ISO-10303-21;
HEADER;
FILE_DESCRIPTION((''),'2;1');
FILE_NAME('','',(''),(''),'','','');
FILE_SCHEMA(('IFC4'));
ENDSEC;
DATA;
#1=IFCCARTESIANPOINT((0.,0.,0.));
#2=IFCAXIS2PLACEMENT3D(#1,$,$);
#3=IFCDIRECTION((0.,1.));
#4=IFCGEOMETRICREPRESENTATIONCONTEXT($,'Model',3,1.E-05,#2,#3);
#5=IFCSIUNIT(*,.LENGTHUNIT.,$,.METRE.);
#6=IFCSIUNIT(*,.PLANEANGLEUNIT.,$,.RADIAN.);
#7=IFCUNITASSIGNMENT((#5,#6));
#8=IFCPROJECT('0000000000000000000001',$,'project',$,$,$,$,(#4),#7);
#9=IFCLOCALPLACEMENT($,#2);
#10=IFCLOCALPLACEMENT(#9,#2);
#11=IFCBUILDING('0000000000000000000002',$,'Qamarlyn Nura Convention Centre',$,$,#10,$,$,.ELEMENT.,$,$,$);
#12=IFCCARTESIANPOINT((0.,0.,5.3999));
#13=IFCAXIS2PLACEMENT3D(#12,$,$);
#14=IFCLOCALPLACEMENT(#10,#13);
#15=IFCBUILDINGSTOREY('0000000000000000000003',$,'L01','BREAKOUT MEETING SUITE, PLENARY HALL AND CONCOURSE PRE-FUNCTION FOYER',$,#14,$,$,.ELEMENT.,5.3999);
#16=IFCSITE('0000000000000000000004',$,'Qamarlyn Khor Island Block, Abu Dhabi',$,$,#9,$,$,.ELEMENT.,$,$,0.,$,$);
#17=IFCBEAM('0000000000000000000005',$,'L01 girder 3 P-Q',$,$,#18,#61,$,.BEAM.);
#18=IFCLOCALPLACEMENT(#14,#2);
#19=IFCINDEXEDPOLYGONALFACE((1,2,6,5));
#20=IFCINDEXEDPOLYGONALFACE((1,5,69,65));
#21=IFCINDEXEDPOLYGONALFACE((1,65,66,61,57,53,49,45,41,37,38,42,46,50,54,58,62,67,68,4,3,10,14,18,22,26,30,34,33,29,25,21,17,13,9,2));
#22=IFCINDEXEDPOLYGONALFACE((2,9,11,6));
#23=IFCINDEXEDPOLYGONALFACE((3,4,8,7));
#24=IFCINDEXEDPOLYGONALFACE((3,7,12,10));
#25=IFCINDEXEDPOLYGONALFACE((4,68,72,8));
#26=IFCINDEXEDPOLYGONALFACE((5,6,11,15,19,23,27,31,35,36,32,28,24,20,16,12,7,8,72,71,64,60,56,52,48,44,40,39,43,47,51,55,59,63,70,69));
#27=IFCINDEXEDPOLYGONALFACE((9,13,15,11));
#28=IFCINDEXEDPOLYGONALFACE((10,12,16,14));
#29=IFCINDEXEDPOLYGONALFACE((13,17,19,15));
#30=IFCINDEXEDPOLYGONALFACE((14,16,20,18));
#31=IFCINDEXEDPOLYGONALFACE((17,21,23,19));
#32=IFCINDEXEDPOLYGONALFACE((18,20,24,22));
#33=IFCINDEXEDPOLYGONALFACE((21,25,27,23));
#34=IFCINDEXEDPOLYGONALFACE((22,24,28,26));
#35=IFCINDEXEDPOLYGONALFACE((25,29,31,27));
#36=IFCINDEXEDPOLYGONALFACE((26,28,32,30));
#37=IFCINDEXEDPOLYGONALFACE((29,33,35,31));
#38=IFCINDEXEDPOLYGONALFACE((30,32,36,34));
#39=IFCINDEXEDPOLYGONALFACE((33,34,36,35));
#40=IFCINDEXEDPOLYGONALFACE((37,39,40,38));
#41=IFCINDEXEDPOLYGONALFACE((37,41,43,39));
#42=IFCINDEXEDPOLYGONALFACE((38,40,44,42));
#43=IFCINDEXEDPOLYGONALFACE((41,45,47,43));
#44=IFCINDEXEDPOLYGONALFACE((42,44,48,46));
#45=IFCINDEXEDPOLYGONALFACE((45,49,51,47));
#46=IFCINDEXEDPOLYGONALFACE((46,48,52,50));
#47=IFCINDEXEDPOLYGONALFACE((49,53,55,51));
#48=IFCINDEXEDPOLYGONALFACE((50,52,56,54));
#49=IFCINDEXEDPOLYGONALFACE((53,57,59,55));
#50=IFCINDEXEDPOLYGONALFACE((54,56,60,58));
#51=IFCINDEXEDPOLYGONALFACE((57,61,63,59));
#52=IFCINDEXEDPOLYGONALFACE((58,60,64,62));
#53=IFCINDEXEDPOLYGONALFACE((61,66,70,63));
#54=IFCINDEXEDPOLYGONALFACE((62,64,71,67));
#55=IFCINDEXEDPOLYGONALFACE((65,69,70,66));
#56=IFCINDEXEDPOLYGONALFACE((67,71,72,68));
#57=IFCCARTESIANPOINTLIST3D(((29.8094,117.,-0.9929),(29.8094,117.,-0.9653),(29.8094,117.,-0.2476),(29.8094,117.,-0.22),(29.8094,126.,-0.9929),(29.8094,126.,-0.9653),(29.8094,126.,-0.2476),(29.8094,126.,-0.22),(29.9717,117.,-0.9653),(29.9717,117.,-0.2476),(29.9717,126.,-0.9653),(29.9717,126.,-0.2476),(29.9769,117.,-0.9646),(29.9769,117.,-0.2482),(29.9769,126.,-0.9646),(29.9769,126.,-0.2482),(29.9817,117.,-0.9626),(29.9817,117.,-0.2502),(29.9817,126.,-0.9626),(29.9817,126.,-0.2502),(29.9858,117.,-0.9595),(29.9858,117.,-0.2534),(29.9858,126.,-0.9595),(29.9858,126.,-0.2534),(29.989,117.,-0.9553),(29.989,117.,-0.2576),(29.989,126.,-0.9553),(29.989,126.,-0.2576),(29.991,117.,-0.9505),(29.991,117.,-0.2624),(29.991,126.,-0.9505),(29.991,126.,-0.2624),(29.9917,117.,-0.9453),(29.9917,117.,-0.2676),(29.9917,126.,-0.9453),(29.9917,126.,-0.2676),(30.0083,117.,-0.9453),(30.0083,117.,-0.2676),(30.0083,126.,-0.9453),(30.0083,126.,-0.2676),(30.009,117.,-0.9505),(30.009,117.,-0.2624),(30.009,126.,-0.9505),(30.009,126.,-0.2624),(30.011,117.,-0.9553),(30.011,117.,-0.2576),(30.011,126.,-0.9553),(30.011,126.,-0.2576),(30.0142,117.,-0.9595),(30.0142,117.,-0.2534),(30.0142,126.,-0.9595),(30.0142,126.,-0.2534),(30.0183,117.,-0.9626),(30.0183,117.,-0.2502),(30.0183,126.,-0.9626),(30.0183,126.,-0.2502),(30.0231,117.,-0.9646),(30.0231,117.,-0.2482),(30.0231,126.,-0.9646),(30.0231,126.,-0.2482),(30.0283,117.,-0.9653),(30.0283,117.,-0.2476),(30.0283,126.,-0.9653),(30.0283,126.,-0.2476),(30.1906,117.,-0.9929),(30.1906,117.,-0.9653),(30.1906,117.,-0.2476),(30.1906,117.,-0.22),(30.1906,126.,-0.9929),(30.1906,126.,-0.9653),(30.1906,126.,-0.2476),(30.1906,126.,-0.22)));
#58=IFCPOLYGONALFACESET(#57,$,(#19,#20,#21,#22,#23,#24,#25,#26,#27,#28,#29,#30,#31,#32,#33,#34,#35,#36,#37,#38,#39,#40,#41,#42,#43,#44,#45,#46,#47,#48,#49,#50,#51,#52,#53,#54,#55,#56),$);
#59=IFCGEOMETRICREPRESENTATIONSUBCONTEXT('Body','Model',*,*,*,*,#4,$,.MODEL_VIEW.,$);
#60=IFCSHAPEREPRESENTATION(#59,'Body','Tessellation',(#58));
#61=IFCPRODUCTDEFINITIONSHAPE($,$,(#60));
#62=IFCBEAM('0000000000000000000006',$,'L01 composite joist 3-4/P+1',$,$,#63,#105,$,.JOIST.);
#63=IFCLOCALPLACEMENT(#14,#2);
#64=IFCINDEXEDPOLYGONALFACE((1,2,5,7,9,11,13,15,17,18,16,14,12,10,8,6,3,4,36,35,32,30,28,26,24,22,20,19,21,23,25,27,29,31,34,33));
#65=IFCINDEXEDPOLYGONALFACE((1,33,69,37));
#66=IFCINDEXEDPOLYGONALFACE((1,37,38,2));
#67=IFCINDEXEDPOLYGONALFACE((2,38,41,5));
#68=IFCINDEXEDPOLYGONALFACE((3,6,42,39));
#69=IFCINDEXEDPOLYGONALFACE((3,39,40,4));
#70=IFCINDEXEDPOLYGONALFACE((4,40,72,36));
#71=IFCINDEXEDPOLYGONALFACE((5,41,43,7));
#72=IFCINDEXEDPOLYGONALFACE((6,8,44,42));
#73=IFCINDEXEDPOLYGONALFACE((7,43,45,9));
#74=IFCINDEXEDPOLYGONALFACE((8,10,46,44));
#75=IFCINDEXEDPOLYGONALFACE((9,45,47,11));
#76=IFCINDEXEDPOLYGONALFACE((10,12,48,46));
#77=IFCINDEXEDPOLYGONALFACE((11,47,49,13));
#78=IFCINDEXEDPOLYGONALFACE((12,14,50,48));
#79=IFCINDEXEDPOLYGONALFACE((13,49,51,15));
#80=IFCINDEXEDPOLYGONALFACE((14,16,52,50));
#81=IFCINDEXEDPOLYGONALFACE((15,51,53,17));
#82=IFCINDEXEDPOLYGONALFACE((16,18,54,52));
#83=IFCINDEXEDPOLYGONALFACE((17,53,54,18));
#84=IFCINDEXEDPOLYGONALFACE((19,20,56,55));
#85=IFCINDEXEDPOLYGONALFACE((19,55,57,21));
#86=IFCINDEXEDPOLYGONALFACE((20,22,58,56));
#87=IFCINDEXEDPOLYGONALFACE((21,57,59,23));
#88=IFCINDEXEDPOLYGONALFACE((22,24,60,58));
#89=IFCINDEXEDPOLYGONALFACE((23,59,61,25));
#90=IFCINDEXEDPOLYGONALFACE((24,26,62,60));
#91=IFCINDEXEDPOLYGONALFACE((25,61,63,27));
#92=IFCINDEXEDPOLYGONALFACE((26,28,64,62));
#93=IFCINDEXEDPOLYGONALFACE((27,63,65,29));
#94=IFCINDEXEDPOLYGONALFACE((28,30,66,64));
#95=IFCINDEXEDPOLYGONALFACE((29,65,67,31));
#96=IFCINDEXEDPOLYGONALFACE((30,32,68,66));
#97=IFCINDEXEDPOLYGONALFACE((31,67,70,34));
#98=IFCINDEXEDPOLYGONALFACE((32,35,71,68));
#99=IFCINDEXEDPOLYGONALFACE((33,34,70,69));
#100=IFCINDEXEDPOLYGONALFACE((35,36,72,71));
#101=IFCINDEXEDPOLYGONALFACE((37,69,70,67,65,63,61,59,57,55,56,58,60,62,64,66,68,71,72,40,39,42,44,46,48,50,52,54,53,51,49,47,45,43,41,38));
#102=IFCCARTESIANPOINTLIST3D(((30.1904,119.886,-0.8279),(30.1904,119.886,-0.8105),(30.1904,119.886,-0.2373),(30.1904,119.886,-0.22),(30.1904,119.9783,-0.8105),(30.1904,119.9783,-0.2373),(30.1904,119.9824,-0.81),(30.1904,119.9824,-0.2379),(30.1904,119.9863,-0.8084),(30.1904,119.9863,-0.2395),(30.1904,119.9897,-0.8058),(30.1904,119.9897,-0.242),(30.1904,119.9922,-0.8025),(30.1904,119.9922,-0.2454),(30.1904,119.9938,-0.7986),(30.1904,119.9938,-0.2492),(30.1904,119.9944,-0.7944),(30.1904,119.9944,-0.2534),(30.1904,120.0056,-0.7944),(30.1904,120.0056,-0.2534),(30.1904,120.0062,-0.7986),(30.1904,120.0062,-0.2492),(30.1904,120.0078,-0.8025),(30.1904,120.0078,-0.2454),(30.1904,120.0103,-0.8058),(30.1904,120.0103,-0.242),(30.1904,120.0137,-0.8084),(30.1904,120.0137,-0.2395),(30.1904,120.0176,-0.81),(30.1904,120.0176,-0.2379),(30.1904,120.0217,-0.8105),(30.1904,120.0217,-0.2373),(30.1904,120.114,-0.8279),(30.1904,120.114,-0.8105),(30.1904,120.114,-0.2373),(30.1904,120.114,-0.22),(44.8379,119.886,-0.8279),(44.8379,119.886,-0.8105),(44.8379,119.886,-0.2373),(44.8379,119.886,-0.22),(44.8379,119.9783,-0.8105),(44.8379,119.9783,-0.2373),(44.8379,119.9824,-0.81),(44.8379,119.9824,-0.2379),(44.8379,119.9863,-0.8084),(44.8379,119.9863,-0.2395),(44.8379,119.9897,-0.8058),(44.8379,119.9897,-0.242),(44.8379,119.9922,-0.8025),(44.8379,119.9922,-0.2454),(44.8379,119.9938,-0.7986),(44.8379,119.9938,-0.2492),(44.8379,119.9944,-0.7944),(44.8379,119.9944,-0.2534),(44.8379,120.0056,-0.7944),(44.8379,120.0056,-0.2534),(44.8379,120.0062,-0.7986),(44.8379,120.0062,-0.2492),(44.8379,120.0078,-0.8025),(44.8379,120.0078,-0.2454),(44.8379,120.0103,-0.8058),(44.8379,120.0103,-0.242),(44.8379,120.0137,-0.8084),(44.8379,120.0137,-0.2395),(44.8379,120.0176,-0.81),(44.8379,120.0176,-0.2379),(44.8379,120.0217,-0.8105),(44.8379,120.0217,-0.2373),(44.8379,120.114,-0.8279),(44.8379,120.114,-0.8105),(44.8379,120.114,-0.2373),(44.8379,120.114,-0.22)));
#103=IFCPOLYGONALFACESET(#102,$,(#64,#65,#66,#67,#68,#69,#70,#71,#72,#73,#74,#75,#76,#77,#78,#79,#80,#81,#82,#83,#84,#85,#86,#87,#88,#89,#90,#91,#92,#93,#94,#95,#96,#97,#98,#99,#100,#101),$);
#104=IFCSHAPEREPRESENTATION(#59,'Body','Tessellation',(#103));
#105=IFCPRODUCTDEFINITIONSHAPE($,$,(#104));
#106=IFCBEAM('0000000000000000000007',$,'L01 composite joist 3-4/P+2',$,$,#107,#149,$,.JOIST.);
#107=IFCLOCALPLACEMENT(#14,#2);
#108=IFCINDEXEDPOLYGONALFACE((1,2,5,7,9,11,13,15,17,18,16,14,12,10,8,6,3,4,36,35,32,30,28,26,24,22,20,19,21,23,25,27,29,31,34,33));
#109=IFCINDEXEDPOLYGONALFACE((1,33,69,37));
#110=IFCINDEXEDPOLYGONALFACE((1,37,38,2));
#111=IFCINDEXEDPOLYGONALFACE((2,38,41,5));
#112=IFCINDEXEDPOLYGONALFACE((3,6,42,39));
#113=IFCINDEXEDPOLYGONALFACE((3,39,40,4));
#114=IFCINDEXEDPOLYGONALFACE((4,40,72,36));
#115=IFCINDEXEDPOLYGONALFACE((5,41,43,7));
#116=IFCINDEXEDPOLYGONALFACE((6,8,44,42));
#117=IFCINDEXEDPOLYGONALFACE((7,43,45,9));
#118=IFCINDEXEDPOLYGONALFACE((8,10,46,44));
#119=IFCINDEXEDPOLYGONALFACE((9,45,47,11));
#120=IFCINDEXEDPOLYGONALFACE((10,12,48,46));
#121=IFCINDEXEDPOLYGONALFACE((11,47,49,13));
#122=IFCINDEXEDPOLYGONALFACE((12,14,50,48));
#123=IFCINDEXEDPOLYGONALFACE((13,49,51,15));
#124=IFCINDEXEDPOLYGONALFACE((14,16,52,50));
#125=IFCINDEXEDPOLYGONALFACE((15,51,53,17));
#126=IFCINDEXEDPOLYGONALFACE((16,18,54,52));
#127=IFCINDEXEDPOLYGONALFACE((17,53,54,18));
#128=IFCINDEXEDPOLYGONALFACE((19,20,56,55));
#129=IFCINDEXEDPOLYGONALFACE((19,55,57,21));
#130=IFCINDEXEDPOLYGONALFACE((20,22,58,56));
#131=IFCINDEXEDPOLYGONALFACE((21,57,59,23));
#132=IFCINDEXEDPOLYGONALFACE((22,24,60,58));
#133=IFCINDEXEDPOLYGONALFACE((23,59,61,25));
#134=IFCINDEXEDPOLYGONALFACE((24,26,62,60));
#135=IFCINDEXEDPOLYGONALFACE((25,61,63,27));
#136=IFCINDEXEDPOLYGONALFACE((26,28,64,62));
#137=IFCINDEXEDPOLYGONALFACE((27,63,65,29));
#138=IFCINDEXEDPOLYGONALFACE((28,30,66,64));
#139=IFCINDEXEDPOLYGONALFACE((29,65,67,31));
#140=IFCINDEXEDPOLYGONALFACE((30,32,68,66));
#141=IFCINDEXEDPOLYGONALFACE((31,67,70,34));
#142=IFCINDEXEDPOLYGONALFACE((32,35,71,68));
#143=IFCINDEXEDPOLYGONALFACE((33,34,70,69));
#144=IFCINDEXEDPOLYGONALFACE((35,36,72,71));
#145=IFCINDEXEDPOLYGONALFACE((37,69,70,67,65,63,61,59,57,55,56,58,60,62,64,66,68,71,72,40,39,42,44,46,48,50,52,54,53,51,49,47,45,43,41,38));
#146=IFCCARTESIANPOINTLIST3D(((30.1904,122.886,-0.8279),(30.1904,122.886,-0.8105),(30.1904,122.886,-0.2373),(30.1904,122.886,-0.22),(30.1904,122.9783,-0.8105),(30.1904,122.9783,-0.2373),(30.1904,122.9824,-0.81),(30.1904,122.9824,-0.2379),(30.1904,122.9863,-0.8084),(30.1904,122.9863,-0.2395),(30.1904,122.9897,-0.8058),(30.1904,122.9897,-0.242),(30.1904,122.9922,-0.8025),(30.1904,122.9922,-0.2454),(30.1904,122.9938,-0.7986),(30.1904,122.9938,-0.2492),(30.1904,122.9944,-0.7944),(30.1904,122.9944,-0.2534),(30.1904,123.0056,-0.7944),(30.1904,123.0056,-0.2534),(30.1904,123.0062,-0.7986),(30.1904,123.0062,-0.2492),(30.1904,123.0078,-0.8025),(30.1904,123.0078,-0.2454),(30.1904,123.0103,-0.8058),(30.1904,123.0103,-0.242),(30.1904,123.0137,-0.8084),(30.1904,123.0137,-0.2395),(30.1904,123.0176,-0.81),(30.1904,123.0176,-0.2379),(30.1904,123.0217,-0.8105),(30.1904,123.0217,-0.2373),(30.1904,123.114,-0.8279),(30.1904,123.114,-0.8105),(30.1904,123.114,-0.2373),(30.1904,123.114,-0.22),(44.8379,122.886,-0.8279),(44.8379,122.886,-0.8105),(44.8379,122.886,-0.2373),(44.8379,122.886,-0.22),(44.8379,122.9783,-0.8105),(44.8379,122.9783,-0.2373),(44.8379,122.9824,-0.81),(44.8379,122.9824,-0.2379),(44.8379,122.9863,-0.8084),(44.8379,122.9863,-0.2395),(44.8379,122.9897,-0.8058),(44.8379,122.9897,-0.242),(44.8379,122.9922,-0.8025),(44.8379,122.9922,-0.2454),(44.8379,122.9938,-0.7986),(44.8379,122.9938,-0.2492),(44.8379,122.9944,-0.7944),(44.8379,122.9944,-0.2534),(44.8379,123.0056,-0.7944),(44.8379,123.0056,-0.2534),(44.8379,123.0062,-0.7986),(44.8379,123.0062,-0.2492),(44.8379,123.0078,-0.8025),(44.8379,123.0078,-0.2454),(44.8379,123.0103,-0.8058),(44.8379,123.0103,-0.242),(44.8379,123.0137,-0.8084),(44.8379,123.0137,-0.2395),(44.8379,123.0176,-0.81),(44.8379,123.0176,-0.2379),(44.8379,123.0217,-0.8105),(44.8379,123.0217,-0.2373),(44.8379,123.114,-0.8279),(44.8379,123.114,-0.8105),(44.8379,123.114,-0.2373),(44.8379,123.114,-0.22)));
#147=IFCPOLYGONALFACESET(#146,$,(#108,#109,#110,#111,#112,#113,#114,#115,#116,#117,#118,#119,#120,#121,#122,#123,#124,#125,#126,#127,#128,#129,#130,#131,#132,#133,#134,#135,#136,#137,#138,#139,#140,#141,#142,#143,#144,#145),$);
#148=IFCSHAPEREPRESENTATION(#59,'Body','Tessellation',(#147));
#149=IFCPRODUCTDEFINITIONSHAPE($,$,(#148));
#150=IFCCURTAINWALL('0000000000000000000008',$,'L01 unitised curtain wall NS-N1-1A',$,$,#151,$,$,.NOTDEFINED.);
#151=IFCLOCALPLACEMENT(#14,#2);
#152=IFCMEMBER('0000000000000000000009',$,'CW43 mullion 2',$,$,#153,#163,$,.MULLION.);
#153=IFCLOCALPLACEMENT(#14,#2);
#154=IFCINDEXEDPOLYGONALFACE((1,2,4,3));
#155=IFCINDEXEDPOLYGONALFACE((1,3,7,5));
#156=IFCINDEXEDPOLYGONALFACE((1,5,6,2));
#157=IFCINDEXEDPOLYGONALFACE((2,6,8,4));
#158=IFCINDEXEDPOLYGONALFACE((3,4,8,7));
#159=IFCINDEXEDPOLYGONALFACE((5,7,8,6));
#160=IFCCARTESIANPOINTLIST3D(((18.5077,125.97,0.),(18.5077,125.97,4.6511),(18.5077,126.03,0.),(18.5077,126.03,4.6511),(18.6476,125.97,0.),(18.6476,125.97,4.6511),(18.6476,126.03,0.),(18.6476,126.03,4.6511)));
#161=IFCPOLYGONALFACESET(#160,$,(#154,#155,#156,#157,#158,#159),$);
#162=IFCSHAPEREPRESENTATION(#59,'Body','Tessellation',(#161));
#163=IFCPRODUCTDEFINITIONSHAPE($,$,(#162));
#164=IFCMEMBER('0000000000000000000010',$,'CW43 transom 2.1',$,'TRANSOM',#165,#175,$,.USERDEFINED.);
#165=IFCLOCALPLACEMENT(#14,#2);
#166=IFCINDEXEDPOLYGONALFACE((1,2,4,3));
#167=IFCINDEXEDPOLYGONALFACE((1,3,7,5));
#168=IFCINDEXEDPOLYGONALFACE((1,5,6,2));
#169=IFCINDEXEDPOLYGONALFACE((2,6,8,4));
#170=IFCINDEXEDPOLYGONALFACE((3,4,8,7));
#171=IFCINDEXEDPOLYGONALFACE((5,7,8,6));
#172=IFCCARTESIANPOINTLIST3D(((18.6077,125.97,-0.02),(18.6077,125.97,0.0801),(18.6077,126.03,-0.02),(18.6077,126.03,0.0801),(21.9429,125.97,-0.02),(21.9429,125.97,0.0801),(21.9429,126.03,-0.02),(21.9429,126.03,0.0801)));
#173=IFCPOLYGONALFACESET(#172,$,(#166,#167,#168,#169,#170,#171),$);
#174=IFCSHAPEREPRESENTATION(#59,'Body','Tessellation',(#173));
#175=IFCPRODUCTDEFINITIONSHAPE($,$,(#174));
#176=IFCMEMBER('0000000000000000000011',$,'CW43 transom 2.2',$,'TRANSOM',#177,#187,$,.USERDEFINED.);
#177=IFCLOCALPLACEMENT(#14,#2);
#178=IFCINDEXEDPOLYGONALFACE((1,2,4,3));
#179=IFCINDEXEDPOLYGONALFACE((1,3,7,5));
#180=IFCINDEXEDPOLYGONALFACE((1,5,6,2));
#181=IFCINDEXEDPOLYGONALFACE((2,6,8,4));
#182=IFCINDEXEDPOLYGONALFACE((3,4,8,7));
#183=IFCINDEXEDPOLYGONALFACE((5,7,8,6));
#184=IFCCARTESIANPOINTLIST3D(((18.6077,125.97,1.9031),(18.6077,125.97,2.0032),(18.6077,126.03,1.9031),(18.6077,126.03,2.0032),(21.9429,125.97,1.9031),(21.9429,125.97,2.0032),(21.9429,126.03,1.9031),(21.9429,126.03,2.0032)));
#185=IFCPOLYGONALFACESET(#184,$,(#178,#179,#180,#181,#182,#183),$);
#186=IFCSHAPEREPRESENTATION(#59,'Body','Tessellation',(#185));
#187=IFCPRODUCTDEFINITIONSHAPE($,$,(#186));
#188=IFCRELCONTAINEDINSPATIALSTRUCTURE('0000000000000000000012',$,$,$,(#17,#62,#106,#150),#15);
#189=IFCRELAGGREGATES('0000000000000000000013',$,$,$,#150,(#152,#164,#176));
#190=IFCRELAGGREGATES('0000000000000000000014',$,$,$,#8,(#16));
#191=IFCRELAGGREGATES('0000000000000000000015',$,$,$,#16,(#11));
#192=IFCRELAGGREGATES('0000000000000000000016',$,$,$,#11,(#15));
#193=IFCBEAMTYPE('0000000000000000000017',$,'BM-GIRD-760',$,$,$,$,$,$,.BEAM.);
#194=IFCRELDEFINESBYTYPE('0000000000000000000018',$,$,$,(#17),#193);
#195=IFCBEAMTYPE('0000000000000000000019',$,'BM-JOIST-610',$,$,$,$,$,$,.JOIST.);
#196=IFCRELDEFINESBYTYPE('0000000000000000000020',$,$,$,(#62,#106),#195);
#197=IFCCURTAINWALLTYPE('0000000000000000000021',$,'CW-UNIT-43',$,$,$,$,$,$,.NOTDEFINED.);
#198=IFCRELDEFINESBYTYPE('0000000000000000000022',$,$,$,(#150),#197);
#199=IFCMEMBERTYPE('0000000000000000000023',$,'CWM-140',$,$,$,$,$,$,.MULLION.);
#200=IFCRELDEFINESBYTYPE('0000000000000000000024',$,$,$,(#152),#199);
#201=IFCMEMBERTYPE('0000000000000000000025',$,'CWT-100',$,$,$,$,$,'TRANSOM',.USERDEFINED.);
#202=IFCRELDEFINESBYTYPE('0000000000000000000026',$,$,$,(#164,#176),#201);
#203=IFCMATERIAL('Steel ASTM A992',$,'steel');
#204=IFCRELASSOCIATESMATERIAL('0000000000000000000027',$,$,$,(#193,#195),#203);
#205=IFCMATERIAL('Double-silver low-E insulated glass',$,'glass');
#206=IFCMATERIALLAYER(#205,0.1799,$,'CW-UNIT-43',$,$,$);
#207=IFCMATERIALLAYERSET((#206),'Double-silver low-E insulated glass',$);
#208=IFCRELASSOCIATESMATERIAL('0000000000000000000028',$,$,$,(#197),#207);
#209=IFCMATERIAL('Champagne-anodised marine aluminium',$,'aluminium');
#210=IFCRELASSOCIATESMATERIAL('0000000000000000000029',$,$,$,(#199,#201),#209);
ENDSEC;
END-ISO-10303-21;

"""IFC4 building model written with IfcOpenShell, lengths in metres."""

from ifc_helpers import new_model, si_unit, direction, frame, origin, origin_2d, place, context, subcontext, project, spatial, rectangle, i_section, extrude, material, layer, layer_set, material_profile, profile_set, type_object, element, aggregate, save


model = new_model("IFC4")

# Units and contexts
model_context = context("Model", 3, precision=1e-05, world=origin(), true_north=direction((0.0, 1.0)))
body_context = subcontext(model_context, "Body", "Model", "MODEL_VIEW")
ifc_project = project(units=[si_unit("LENGTHUNIT", "METRE"), si_unit("PLANEANGLEUNIT", "RADIAN")], contexts=[model_context])

# Site, building, storey
site_placement = place(None, origin())
site = spatial("IfcSite", under=ifc_project, at=site_placement, Name="Qamarlyn Khor Island Block, Abu Dhabi", CompositionType="ELEMENT", RefElevation=0.0)
building_placement = place(site_placement, origin())
building = spatial("IfcBuilding", under=site, at=building_placement, Name="Qamarlyn Nura Convention Centre", CompositionType="ELEMENT")
storey_placement = place(building_placement, frame((0.0, 0.0, 5.3999)))
storey = spatial("IfcBuildingStorey", under=building, at=storey_placement, Name="L01", Description="BREAKOUT MEETING SUITE, PLENARY HALL AND CONCOURSE PRE-FUNCTION FOYER", CompositionType="ELEMENT", Elevation=5.3999)

# Shared definitions
ifc_material_1 = material(Name="Steel ASTM A992", Category="steel")

# Beams
ifc_material_profile_1 = material_profile(ifc_material_1, i_section(OverallWidth=0.3811, OverallDepth=0.7729, WebThickness=0.0166, FlangeThickness=0.0276, FilletRadius=0.02, at=origin_2d()), Name="W760X257")
ifc_profile_set_1 = profile_set([ifc_material_profile_1], Name="Steel ASTM A992")
beam_type_1 = type_object("IfcBeamType", Name="BM-GIRD-760", PredefinedType="BEAM", material=ifc_profile_set_1)
beam_1_placement = place(storey_placement, frame((30.0, 117.0, -0.6064), z_axis=(0.0, 1.0, 0.0), x_axis=(-1.0, 0.0, 0.0)))
element("IfcBeam", 1, at=beam_1_placement, inside=storey, type_object=beam_type_1, Name="L01 girder 3 P-Q", PredefinedType="BEAM", context=body_context, shape_type="SweptSolid", body=[
    extrude(i_section(OverallWidth=0.3811, OverallDepth=0.7729, WebThickness=0.0166, FlangeThickness=0.0276, FilletRadius=0.02, at=origin_2d()), origin(), (0.0, 0.0, 1.0), 9.0),
])
ifc_material_profile_2 = material_profile(ifc_material_1, i_section(OverallWidth=0.228, OverallDepth=0.6079, WebThickness=0.0112, FlangeThickness=0.0173, FilletRadius=0.0161, at=origin_2d()), Name="W610X113")
ifc_profile_set_2 = profile_set([ifc_material_profile_2], Name="Steel ASTM A992")
beam_type_2 = type_object("IfcBeamType", Name="BM-JOIST-610", PredefinedType="JOIST", material=ifc_profile_set_2)
for number, where, z_axis, x_axis, name in (
    (2, (30.1904, 120.0, -0.5239), (1.0, 0.0, 0.0), (0.0, 1.0, 0.0), "L01 composite joist 3-4/P+1"),
    (3, (30.1904, 123.0, -0.5239), (1.0, 0.0, 0.0), (0.0, 1.0, 0.0), "L01 composite joist 3-4/P+2"),
):
    element("IfcBeam", number, at=place(storey_placement, frame(where, z_axis=z_axis, x_axis=x_axis)), inside=storey, type_object=beam_type_2, Name=name, PredefinedType="JOIST", context=body_context, shape_type="SweptSolid", body=[
        extrude(i_section(OverallWidth=0.228, OverallDepth=0.6079, WebThickness=0.0112, FlangeThickness=0.0173, FilletRadius=0.0161, at=origin_2d()), origin(), (0.0, 0.0, 1.0), 14.6475),
    ])

# Curtain wall, members
ifc_material_2 = material(Name="Double-silver low-E insulated glass", Category="glass")
ifc_layer_1 = layer(ifc_material_2, 0.1799, Name="CW-UNIT-43")
ifc_layer_set_1 = layer_set([ifc_layer_1], Name="Double-silver low-E insulated glass")
curtain_wall_type = type_object("IfcCurtainWallType", Name="CW-UNIT-43", PredefinedType="NOTDEFINED", material=ifc_layer_set_1)
curtain_wall_placement = place(storey_placement, origin())
curtain_wall = element("IfcCurtainWall", 4, at=curtain_wall_placement, inside=storey, type_object=curtain_wall_type, Name="L01 unitised curtain wall NS-N1-1A", PredefinedType="NOTDEFINED")
ifc_material_3 = material(Name="Champagne-anodised marine aluminium", Category="aluminium")
ifc_material_profile_3 = material_profile(ifc_material_3, rectangle(XDim=0.0601, YDim=0.1399, at=origin_2d()), Name="ALU MULLION 60x140")
ifc_profile_set_3 = profile_set([ifc_material_profile_3], Name="Champagne-anodised marine aluminium")
member_type_1 = type_object("IfcMemberType", Name="CWM-140", PredefinedType="MULLION", material=ifc_profile_set_3)
member_1_placement = place(storey_placement, frame((18.5776, 126.0, 0.0), z_axis=(0.0, 0.0, 1.0), x_axis=(0.0, 1.0, 0.0)))
member_1 = element("IfcMember", 5, at=member_1_placement, type_object=member_type_1, Name="CW43 mullion 2", PredefinedType="MULLION", context=body_context, shape_type="SweptSolid", body=[
    extrude(rectangle(XDim=0.0601, YDim=0.1399, at=origin_2d()), origin(), (0.0, 0.0, 1.0), 4.6511),
])
ifc_material_profile_4 = material_profile(ifc_material_3, rectangle(XDim=0.0601, YDim=0.1001, at=origin_2d()), Name="ALU TRANSOM 60x100")
ifc_profile_set_4 = profile_set([ifc_material_profile_4], Name="Champagne-anodised marine aluminium")
member_type_2 = type_object("IfcMemberType", Name="CWT-100", ElementType="TRANSOM", PredefinedType="USERDEFINED", material=ifc_profile_set_4)
member_2_placement = place(storey_placement, frame((18.6077, 126.0, 0.03), z_axis=(1.0, 0.0, 0.0), x_axis=(0.0, 1.0, 0.0)))
member_2 = element("IfcMember", 6, at=member_2_placement, type_object=member_type_2, Name="CW43 transom 2.1", ObjectType="TRANSOM", PredefinedType="USERDEFINED", context=body_context, shape_type="SweptSolid", body=[
    extrude(rectangle(XDim=0.0601, YDim=0.1001, at=origin_2d()), origin(), (0.0, 0.0, 1.0), 3.3352),
])
member_3_placement = place(storey_placement, frame((18.6077, 126.0, 1.9531), z_axis=(1.0, 0.0, 0.0), x_axis=(0.0, 1.0, 0.0)))
member_3 = element("IfcMember", 7, at=member_3_placement, type_object=member_type_2, Name="CW43 transom 2.2", ObjectType="TRANSOM", PredefinedType="USERDEFINED", context=body_context, shape_type="SweptSolid", body=[
    extrude(rectangle(XDim=0.0601, YDim=0.1001, at=origin_2d()), origin(), (0.0, 0.0, 1.0), 3.3352),
])
aggregate(curtain_wall, [member_1, member_2, member_3])

save(model, "model.ifc")
